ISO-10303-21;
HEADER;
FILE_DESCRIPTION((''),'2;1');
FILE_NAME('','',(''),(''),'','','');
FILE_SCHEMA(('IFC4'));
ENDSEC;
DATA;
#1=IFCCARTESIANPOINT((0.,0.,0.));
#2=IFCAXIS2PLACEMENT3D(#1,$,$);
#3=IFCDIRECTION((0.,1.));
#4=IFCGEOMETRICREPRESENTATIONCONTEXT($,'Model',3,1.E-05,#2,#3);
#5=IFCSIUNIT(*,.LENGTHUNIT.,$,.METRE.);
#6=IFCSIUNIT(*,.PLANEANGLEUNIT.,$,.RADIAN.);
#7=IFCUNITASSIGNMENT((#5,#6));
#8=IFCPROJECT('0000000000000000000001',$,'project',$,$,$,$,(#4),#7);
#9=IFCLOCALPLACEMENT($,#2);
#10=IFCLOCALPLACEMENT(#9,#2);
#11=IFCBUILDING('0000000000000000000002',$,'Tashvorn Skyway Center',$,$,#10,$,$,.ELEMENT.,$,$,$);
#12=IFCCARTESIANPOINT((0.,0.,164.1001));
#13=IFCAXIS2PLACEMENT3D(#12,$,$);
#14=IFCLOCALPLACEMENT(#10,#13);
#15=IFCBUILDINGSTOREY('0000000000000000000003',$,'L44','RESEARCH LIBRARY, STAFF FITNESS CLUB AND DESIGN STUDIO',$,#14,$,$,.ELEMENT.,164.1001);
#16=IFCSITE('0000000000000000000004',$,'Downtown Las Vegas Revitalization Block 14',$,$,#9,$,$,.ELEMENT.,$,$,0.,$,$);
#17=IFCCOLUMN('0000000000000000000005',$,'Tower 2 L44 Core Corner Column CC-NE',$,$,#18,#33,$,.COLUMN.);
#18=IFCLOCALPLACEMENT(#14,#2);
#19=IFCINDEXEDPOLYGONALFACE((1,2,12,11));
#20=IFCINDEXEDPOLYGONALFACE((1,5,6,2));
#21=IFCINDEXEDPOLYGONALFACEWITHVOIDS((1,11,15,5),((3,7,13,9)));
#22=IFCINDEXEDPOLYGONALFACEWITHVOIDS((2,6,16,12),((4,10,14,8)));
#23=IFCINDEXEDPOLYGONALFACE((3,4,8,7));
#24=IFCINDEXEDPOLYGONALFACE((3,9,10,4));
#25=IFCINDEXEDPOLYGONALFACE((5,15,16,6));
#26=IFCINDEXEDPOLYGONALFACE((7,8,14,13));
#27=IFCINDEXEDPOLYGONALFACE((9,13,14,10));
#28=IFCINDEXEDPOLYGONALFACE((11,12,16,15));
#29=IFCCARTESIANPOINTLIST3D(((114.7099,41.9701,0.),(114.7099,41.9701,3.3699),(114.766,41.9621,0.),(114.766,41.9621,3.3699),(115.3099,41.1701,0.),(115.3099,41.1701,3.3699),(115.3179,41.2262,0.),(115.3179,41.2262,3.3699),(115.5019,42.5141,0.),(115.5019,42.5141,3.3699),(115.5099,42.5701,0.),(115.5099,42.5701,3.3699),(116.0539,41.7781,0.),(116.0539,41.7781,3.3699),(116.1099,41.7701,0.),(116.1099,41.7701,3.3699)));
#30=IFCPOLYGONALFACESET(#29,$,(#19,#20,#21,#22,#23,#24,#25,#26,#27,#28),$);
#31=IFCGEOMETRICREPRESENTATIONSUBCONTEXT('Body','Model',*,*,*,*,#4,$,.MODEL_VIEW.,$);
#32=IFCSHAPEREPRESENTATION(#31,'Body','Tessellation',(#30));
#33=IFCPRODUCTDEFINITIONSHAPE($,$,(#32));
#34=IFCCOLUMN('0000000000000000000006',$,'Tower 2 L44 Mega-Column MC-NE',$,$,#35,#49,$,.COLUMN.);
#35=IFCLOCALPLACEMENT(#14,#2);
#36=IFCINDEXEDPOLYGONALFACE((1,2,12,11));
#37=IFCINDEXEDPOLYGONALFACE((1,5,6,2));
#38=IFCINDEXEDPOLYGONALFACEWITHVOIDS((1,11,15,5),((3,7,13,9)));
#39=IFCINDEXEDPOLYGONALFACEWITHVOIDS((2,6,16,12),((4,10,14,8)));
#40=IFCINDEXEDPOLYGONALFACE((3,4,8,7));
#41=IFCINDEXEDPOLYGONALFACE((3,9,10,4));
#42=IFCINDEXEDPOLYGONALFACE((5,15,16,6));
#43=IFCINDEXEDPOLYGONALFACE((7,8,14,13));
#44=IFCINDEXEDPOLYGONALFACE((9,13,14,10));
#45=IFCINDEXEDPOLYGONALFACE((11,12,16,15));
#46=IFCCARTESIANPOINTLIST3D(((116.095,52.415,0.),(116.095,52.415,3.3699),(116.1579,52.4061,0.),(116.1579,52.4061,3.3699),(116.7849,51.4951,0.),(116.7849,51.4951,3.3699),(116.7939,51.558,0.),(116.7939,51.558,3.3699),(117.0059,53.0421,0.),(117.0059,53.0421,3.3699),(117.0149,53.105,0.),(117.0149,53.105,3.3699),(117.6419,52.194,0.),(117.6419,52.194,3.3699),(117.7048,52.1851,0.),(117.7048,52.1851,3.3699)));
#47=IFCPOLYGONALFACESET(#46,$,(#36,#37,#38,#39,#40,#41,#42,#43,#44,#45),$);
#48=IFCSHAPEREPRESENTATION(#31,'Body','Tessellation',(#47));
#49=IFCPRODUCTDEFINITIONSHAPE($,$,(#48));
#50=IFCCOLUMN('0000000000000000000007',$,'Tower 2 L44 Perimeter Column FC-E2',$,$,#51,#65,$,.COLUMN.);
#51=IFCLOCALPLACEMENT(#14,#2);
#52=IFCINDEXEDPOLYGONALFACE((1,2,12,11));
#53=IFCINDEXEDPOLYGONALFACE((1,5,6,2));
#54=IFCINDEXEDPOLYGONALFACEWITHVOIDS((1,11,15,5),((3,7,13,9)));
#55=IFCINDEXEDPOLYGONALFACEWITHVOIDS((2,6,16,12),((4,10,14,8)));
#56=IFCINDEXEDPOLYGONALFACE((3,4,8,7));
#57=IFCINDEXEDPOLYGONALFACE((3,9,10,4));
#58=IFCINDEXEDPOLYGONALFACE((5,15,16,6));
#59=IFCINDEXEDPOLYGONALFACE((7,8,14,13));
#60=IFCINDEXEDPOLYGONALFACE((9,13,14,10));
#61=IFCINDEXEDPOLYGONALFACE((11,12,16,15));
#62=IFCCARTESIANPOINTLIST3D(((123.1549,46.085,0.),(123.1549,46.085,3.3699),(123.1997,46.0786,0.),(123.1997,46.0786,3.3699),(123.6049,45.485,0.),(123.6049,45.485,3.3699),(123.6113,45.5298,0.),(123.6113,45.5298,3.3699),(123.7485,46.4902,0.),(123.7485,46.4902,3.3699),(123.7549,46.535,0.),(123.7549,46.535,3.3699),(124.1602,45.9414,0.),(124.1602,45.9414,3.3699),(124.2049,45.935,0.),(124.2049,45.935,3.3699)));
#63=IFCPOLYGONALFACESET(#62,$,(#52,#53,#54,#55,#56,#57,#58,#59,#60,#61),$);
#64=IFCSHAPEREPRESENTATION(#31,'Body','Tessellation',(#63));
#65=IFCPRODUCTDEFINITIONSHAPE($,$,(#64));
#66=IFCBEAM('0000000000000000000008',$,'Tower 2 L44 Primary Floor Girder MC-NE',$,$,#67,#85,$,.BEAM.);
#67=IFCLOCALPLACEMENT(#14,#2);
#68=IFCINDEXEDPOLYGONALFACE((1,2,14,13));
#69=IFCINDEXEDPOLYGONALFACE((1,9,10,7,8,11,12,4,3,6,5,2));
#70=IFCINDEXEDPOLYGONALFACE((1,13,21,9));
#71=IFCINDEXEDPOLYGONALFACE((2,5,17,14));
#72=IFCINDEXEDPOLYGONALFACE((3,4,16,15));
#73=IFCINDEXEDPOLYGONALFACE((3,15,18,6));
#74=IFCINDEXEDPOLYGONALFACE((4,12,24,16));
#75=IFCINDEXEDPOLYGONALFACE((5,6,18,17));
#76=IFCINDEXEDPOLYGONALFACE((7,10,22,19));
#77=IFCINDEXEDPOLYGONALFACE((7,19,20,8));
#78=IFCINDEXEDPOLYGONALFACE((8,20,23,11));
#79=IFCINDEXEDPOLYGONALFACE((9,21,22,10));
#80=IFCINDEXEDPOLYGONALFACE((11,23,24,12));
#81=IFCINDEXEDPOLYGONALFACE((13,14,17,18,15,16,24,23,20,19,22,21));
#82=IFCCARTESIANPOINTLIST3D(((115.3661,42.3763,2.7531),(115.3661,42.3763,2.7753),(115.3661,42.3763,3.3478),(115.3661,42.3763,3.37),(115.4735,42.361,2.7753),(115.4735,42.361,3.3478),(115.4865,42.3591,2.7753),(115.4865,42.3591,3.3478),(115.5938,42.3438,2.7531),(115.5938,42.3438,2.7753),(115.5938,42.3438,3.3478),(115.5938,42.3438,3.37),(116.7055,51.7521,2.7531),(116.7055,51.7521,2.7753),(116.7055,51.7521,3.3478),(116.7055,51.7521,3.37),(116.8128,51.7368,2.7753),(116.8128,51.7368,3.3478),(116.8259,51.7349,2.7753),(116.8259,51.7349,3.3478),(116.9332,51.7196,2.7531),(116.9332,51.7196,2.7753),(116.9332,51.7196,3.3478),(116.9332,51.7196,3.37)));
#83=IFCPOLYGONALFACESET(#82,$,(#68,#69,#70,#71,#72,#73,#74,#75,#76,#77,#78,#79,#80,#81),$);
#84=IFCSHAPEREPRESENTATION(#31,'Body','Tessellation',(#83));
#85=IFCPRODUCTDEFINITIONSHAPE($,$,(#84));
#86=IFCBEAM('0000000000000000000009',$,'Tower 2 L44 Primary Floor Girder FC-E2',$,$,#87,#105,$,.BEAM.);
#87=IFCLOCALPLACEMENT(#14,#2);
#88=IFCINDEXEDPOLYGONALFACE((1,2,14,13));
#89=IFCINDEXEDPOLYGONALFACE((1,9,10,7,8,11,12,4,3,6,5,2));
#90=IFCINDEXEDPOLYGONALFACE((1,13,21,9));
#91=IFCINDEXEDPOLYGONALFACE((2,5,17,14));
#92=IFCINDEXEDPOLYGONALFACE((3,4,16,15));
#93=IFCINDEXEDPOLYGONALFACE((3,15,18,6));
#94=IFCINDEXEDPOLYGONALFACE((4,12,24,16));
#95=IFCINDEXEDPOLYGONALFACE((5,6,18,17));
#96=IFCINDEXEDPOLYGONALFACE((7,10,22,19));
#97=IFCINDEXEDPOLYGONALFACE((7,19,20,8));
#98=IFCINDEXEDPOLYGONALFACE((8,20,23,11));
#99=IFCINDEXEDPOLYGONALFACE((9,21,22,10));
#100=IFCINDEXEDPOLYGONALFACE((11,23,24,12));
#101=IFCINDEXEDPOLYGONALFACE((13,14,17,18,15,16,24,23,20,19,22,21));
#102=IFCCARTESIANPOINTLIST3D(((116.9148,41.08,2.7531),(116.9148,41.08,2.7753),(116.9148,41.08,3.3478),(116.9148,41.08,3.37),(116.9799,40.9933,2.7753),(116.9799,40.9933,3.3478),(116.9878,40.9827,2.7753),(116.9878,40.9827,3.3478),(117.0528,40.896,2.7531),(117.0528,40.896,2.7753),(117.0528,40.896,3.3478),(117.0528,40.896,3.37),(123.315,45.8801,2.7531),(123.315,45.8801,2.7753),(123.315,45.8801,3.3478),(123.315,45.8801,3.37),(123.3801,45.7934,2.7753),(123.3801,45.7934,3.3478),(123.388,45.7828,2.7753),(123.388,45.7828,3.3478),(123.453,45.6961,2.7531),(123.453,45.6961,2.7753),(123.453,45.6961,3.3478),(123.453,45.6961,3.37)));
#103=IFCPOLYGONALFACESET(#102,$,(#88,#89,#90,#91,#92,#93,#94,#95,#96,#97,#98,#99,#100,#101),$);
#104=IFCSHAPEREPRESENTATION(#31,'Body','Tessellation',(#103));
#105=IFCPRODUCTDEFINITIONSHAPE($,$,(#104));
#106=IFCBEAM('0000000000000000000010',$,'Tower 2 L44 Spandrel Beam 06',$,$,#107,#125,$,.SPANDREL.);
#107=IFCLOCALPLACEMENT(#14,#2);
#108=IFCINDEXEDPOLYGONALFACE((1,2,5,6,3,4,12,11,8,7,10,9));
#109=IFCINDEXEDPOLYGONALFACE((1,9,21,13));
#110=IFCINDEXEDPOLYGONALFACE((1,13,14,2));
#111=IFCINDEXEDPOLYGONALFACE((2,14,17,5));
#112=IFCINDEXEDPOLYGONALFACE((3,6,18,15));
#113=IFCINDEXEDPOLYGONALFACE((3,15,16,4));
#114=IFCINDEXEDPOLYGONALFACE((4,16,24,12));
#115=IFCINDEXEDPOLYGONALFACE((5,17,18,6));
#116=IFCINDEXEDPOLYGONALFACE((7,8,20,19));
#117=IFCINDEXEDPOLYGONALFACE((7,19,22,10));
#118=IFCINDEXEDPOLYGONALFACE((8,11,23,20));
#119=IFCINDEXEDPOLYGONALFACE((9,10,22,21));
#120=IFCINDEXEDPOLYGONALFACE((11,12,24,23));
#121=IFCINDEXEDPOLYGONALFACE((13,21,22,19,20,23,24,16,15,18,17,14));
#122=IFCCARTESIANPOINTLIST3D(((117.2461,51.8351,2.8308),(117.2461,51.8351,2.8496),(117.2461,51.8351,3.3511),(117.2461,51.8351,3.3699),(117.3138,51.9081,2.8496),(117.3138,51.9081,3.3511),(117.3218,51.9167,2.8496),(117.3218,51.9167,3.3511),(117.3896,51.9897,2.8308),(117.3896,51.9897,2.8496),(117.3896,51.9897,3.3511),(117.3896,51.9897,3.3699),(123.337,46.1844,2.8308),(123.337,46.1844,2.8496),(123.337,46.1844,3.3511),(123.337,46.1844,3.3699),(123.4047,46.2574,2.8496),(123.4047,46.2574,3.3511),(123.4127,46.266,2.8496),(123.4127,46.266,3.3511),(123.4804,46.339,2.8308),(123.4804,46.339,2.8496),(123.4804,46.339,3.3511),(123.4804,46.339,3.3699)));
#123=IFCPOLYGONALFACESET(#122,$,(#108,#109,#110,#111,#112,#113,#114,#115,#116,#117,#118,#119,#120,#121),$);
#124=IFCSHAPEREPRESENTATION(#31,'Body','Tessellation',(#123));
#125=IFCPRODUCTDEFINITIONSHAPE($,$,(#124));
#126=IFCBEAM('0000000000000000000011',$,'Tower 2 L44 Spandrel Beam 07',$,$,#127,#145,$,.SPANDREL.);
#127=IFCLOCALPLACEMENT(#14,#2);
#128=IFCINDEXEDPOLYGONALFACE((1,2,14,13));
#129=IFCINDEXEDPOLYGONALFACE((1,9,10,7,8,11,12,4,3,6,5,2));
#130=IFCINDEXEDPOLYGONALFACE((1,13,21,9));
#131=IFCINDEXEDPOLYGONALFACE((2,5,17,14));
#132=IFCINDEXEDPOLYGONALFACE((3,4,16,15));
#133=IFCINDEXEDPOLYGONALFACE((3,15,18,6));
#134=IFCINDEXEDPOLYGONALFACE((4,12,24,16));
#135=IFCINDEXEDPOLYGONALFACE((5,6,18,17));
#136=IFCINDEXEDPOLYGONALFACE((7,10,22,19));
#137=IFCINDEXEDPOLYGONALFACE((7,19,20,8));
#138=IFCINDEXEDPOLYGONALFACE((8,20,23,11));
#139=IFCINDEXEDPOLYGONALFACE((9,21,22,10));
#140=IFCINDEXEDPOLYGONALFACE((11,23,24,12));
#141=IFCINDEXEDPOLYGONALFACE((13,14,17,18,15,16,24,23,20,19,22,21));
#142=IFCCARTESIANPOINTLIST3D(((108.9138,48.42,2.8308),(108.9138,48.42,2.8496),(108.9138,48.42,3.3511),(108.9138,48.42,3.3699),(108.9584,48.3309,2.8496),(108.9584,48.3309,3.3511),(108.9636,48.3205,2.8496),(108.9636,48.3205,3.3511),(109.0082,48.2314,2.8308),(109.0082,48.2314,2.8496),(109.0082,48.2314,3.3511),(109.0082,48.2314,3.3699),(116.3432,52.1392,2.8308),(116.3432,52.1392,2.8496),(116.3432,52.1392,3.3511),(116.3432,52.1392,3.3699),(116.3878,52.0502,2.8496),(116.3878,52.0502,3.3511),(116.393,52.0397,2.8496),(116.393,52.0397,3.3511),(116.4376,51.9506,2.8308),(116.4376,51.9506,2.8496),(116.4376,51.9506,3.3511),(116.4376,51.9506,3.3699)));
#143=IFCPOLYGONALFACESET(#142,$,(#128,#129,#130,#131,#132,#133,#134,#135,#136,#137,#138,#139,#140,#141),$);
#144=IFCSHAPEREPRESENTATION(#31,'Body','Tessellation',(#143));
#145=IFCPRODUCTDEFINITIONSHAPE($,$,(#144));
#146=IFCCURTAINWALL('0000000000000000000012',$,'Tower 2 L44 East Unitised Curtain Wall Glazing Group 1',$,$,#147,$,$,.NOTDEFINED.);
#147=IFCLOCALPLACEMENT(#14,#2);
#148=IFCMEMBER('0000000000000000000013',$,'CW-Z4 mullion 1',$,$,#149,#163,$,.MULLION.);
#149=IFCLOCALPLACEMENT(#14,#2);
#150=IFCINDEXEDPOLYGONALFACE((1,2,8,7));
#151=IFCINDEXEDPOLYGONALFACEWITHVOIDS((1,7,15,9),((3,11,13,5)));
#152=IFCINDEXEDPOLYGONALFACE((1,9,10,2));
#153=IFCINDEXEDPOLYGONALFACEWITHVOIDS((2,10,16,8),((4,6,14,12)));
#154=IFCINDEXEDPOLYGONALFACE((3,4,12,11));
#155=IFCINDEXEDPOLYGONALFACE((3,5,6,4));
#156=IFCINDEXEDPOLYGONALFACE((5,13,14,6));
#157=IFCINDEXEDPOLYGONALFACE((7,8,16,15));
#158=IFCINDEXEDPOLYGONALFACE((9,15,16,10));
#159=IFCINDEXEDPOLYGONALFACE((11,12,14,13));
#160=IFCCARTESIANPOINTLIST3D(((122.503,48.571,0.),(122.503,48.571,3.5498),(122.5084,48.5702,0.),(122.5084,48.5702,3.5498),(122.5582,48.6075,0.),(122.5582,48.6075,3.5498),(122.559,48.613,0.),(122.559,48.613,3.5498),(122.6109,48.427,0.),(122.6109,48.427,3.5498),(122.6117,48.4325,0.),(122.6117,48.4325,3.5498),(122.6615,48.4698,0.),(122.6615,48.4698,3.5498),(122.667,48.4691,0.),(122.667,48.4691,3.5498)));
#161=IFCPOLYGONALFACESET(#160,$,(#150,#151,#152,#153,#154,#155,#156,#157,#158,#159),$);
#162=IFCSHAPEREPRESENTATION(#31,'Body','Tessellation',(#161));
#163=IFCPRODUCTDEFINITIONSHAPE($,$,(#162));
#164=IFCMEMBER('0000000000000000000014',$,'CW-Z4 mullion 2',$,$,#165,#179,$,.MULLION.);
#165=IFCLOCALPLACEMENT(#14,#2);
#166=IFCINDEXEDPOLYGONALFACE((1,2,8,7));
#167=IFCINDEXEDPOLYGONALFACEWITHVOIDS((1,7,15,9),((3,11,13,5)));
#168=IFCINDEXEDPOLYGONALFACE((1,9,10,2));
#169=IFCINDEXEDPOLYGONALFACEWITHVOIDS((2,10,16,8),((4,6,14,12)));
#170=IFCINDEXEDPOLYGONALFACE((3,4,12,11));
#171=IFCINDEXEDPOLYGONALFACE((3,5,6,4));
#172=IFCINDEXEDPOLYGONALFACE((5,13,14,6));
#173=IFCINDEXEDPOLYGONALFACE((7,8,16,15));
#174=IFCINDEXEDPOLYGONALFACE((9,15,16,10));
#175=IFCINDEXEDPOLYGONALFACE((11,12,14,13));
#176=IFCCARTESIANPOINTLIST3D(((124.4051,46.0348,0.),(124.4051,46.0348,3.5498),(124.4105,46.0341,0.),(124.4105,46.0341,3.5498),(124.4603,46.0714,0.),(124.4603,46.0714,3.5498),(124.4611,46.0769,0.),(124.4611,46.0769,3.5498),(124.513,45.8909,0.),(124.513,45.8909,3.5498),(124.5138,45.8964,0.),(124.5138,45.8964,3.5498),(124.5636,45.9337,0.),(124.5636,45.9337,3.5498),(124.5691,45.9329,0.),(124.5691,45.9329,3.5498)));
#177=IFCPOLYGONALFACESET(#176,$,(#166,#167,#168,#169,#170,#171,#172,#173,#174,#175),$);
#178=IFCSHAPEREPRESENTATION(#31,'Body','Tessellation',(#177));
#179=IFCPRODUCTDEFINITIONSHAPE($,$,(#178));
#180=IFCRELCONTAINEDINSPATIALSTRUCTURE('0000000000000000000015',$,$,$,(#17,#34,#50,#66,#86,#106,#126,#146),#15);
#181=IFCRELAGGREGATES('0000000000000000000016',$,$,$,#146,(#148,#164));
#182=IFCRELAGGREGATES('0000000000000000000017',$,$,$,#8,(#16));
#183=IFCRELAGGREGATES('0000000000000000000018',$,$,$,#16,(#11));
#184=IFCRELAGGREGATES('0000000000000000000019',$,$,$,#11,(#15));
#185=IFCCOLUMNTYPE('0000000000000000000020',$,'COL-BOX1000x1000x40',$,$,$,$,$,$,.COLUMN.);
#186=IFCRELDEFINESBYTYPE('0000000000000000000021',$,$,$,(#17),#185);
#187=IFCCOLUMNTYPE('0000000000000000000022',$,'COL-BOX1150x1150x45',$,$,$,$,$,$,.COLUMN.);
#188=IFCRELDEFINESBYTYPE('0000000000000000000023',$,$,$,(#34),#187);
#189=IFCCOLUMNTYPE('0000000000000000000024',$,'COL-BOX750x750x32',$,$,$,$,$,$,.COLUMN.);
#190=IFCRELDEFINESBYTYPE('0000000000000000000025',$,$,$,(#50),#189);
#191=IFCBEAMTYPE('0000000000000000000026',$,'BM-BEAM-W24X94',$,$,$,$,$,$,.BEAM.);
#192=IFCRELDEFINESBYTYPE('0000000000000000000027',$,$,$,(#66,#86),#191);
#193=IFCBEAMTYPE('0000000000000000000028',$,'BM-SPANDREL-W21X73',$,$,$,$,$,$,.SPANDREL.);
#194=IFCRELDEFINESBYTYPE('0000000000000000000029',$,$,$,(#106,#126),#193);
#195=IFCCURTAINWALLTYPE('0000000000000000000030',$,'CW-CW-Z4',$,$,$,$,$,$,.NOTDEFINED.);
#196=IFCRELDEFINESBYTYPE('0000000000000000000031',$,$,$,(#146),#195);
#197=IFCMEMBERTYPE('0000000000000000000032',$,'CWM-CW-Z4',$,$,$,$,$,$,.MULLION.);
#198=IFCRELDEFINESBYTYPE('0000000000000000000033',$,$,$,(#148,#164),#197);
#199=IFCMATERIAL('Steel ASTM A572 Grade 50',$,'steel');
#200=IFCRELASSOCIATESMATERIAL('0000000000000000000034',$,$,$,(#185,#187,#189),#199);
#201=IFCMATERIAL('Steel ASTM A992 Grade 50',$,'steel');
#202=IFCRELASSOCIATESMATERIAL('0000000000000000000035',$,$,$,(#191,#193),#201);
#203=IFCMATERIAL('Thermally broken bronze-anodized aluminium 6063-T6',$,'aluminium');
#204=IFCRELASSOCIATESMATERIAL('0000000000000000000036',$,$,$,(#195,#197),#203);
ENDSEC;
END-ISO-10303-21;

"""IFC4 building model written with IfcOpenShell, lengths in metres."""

from ifc_helpers import new_model, si_unit, direction, frame, origin, origin_2d, place, context, subcontext, project, spatial, hollow_rectangle, i_section, extrude, material, material_profile, profile_set, type_object, element, aggregate, save


model = new_model("IFC4")

# Units and contexts
model_context = context("Model", 3, precision=1e-05, world=origin(), true_north=direction((0.0, 1.0)))
body_context = subcontext(model_context, "Body", "Model", "MODEL_VIEW")
ifc_project = project(units=[si_unit("LENGTHUNIT", "METRE"), si_unit("PLANEANGLEUNIT", "RADIAN")], contexts=[model_context])

# Site, building, storey
site_placement = place(None, origin())
site = spatial("IfcSite", under=ifc_project, at=site_placement, Name="Downtown Las Vegas Revitalization Block 14", CompositionType="ELEMENT", RefElevation=0.0)
building_placement = place(site_placement, origin())
building = spatial("IfcBuilding", under=site, at=building_placement, Name="Tashvorn Skyway Center", CompositionType="ELEMENT")
storey_placement = place(building_placement, frame((0.0, 0.0, 164.1001)))
storey = spatial("IfcBuildingStorey", under=building, at=storey_placement, Name="L44", Description="RESEARCH LIBRARY, STAFF FITNESS CLUB AND DESIGN STUDIO", CompositionType="ELEMENT", Elevation=164.1001)

# Columns
ifc_material_1 = material(Name="Steel ASTM A572 Grade 50", Category="steel")
ifc_material_profile_1 = material_profile(ifc_material_1, hollow_rectangle(XDim=1.0, YDim=1.0, WallThickness=0.04, at=origin_2d()), Name="BOX1000x1000x40")
ifc_profile_set_1 = profile_set([ifc_material_profile_1], Name="Steel ASTM A572 Grade 50")
column_type_1 = type_object("IfcColumnType", Name="COL-BOX1000x1000x40", PredefinedType="COLUMN", material=ifc_profile_set_1)
column_1_placement = place(storey_placement, frame((115.4099, 41.8701, 0.0), z_axis=(0.0, 0.0, 1.0), x_axis=(0.8, 0.6, 0.0)))
element("IfcColumn", 1, at=column_1_placement, inside=storey, type_object=column_type_1, Name="Tower 2 L44 Core Corner Column CC-NE", PredefinedType="COLUMN", context=body_context, shape_type="SweptSolid", body=[
    extrude(hollow_rectangle(XDim=1.0, YDim=1.0, WallThickness=0.04, at=origin_2d()), origin(), (0.0, 0.0, 1.0), 3.3699),
])
ifc_material_profile_2 = material_profile(ifc_material_1, hollow_rectangle(XDim=1.1499, YDim=1.1499, WallThickness=0.0449, at=origin_2d()), Name="BOX1150x1150x45")
ifc_profile_set_2 = profile_set([ifc_material_profile_2], Name="Steel ASTM A572 Grade 50")
column_type_2 = type_object("IfcColumnType", Name="COL-BOX1150x1150x45", PredefinedType="COLUMN", material=ifc_profile_set_2)
column_2_placement = place(storey_placement, frame((116.8999, 52.3, 0.0), z_axis=(0.0, 0.0, 1.0), x_axis=(0.8, 0.6, 0.0)))
element("IfcColumn", 2, at=column_2_placement, inside=storey, type_object=column_type_2, Name="Tower 2 L44 Mega-Column MC-NE", PredefinedType="COLUMN", context=body_context, shape_type="SweptSolid", body=[
    extrude(hollow_rectangle(XDim=1.1499, YDim=1.1499, WallThickness=0.0449, at=origin_2d()), origin(), (0.0, 0.0, 1.0), 3.3699),
])
ifc_material_profile_3 = material_profile(ifc_material_1, hollow_rectangle(XDim=0.75, YDim=0.75, WallThickness=0.032, at=origin_2d()), Name="BOX750x750x32")
ifc_profile_set_3 = profile_set([ifc_material_profile_3], Name="Steel ASTM A572 Grade 50")
column_type_3 = type_object("IfcColumnType", Name="COL-BOX750x750x32", PredefinedType="COLUMN", material=ifc_profile_set_3)
column_3_placement = place(storey_placement, frame((123.6799, 46.01, 0.0), z_axis=(0.0, 0.0, 1.0), x_axis=(0.8, 0.6, 0.0)))
element("IfcColumn", 3, at=column_3_placement, inside=storey, type_object=column_type_3, Name="Tower 2 L44 Perimeter Column FC-E2", PredefinedType="COLUMN", context=body_context, shape_type="SweptSolid", body=[
    extrude(hollow_rectangle(XDim=0.75, YDim=0.75, WallThickness=0.032, at=origin_2d()), origin(), (0.0, 0.0, 1.0), 3.3699),
])

# Beams
ifc_material_2 = material(Name="Steel ASTM A992 Grade 50", Category="steel")
ifc_material_profile_4 = material_profile(ifc_material_2, i_section(OverallWidth=0.23, OverallDepth=0.6169, WebThickness=0.0132, FlangeThickness=0.0222, at=origin_2d()), Name="W24X94")
ifc_profile_set_4 = profile_set([ifc_material_profile_4], Name="Steel ASTM A992 Grade 50")
beam_type_1 = type_object("IfcBeamType", Name="BM-BEAM-W24X94", PredefinedType="BEAM", material=ifc_profile_set_4)
beam_1_placement = place(storey_placement, frame((116.8193, 51.7358, 3.0615), z_axis=(-0.141418, -0.98995, 0.0), x_axis=(0.98995, -0.141418, 0.0)))
element("IfcBeam", 4, at=beam_1_placement, inside=storey, type_object=beam_type_1, Name="Tower 2 L44 Primary Floor Girder MC-NE", PredefinedType="BEAM", context=body_context, shape_type="SweptSolid", body=[
    extrude(i_section(OverallWidth=0.23, OverallDepth=0.6169, WebThickness=0.0132, FlangeThickness=0.0222, at=origin_2d()), origin(), (0.0, 0.0, 1.0), 9.4709),
])
beam_2_placement = place(storey_placement, frame((123.384, 45.7881, 3.0615), z_axis=(-0.800004, -0.599995, 0.0), x_axis=(0.599995, -0.800004, 0.0)))
element("IfcBeam", 5, at=beam_2_placement, inside=storey, type_object=beam_type_1, Name="Tower 2 L44 Primary Floor Girder FC-E2", PredefinedType="BEAM", context=body_context, shape_type="SweptSolid", body=[
    extrude(i_section(OverallWidth=0.23, OverallDepth=0.6169, WebThickness=0.0132, FlangeThickness=0.0222, at=origin_2d()), origin(), (0.0, 0.0, 1.0), 8.0002),
])
ifc_material_profile_5 = material_profile(ifc_material_2, i_section(OverallWidth=0.2109, OverallDepth=0.5391, WebThickness=0.0117, FlangeThickness=0.0188, at=origin_2d()), Name="W21X73")
ifc_profile_set_5 = profile_set([ifc_material_profile_5], Name="Steel ASTM A992 Grade 50")
beam_type_2 = type_object("IfcBeamType", Name="BM-SPANDREL-W21X73", PredefinedType="SPANDREL", material=ifc_profile_set_5)
for number, where, z_axis, x_axis, name in (
    (6, (123.4087, 46.2617, 3.1003), (-0.733101, 0.68012, 0.0), (-0.68012, -0.733101, 0.0), "Tower 2 L44 Spandrel Beam 06"),
    (7, (116.3904, 52.0449, 3.1003), (-0.89421, -0.447648, 0.0), (0.447648, -0.89421, 0.0), "Tower 2 L44 Spandrel Beam 07"),
):
    element("IfcBeam", number, at=place(storey_placement, frame(where, z_axis=z_axis, x_axis=x_axis)), inside=storey, type_object=beam_type_2, Name=name, PredefinedType="SPANDREL", context=body_context, shape_type="SweptSolid", body=[
        extrude(i_section(OverallWidth=0.2109, OverallDepth=0.5391, WebThickness=0.0117, FlangeThickness=0.0188, at=origin_2d()), origin(), (0.0, 0.0, 1.0), 8.3083),
    ])

# Curtain wall, members
ifc_material_3 = material(Name="Thermally broken bronze-anodized aluminium 6063-T6", Category="aluminium")
curtain_wall_type = type_object("IfcCurtainWallType", Name="CW-CW-Z4", PredefinedType="NOTDEFINED", material=ifc_material_3)
curtain_wall_1_placement = place(storey_placement, origin())
curtain_wall_1 = element("IfcCurtainWall", 8, at=curtain_wall_1_placement, inside=storey, type_object=curtain_wall_type, Name="Tower 2 L44 East Unitised Curtain Wall Glazing Group 1", PredefinedType="NOTDEFINED")
ifc_material_profile_6 = material_profile(ifc_material_3, hollow_rectangle(XDim=0.0701, YDim=0.1799, WallThickness=0.0039, at=origin_2d()), Name="ALU-MULL-70x180")
ifc_profile_set_6 = profile_set([ifc_material_profile_6], Name="Thermally broken bronze-anodized aluminium 6063-T6")
member_type_1 = type_object("IfcMemberType", Name="CWM-CW-Z4", PredefinedType="MULLION", material=ifc_profile_set_6)
member_1_placement = place(storey_placement, frame((122.585, 48.52, 0.0), z_axis=(0.0, 0.0, 1.0), x_axis=(0.8, 0.6, 0.0)))
member_1 = element("IfcMember", 9, at=member_1_placement, type_object=member_type_1, Name="CW-Z4 mullion 1", PredefinedType="MULLION", context=body_context, shape_type="SweptSolid", body=[
    extrude(hollow_rectangle(XDim=0.0701, YDim=0.1799, WallThickness=0.0039, at=origin_2d()), origin(), (0.0, 0.0, 1.0), 3.5498),
])
member_2_placement = place(storey_placement, frame((124.4871, 45.9839, 0.0), z_axis=(0.0, 0.0, 1.0), x_axis=(0.8, 0.6, 0.0)))
member_2 = element("IfcMember", 10, at=member_2_placement, type_object=member_type_1, Name="CW-Z4 mullion 2", PredefinedType="MULLION", context=body_context, shape_type="SweptSolid", body=[
    extrude(hollow_rectangle(XDim=0.0701, YDim=0.1799, WallThickness=0.0039, at=origin_2d()), origin(), (0.0, 0.0, 1.0), 3.5498),
])

aggregate(curtain_wall_1, [member_1, member_2])

save(model, "model.ifc")
